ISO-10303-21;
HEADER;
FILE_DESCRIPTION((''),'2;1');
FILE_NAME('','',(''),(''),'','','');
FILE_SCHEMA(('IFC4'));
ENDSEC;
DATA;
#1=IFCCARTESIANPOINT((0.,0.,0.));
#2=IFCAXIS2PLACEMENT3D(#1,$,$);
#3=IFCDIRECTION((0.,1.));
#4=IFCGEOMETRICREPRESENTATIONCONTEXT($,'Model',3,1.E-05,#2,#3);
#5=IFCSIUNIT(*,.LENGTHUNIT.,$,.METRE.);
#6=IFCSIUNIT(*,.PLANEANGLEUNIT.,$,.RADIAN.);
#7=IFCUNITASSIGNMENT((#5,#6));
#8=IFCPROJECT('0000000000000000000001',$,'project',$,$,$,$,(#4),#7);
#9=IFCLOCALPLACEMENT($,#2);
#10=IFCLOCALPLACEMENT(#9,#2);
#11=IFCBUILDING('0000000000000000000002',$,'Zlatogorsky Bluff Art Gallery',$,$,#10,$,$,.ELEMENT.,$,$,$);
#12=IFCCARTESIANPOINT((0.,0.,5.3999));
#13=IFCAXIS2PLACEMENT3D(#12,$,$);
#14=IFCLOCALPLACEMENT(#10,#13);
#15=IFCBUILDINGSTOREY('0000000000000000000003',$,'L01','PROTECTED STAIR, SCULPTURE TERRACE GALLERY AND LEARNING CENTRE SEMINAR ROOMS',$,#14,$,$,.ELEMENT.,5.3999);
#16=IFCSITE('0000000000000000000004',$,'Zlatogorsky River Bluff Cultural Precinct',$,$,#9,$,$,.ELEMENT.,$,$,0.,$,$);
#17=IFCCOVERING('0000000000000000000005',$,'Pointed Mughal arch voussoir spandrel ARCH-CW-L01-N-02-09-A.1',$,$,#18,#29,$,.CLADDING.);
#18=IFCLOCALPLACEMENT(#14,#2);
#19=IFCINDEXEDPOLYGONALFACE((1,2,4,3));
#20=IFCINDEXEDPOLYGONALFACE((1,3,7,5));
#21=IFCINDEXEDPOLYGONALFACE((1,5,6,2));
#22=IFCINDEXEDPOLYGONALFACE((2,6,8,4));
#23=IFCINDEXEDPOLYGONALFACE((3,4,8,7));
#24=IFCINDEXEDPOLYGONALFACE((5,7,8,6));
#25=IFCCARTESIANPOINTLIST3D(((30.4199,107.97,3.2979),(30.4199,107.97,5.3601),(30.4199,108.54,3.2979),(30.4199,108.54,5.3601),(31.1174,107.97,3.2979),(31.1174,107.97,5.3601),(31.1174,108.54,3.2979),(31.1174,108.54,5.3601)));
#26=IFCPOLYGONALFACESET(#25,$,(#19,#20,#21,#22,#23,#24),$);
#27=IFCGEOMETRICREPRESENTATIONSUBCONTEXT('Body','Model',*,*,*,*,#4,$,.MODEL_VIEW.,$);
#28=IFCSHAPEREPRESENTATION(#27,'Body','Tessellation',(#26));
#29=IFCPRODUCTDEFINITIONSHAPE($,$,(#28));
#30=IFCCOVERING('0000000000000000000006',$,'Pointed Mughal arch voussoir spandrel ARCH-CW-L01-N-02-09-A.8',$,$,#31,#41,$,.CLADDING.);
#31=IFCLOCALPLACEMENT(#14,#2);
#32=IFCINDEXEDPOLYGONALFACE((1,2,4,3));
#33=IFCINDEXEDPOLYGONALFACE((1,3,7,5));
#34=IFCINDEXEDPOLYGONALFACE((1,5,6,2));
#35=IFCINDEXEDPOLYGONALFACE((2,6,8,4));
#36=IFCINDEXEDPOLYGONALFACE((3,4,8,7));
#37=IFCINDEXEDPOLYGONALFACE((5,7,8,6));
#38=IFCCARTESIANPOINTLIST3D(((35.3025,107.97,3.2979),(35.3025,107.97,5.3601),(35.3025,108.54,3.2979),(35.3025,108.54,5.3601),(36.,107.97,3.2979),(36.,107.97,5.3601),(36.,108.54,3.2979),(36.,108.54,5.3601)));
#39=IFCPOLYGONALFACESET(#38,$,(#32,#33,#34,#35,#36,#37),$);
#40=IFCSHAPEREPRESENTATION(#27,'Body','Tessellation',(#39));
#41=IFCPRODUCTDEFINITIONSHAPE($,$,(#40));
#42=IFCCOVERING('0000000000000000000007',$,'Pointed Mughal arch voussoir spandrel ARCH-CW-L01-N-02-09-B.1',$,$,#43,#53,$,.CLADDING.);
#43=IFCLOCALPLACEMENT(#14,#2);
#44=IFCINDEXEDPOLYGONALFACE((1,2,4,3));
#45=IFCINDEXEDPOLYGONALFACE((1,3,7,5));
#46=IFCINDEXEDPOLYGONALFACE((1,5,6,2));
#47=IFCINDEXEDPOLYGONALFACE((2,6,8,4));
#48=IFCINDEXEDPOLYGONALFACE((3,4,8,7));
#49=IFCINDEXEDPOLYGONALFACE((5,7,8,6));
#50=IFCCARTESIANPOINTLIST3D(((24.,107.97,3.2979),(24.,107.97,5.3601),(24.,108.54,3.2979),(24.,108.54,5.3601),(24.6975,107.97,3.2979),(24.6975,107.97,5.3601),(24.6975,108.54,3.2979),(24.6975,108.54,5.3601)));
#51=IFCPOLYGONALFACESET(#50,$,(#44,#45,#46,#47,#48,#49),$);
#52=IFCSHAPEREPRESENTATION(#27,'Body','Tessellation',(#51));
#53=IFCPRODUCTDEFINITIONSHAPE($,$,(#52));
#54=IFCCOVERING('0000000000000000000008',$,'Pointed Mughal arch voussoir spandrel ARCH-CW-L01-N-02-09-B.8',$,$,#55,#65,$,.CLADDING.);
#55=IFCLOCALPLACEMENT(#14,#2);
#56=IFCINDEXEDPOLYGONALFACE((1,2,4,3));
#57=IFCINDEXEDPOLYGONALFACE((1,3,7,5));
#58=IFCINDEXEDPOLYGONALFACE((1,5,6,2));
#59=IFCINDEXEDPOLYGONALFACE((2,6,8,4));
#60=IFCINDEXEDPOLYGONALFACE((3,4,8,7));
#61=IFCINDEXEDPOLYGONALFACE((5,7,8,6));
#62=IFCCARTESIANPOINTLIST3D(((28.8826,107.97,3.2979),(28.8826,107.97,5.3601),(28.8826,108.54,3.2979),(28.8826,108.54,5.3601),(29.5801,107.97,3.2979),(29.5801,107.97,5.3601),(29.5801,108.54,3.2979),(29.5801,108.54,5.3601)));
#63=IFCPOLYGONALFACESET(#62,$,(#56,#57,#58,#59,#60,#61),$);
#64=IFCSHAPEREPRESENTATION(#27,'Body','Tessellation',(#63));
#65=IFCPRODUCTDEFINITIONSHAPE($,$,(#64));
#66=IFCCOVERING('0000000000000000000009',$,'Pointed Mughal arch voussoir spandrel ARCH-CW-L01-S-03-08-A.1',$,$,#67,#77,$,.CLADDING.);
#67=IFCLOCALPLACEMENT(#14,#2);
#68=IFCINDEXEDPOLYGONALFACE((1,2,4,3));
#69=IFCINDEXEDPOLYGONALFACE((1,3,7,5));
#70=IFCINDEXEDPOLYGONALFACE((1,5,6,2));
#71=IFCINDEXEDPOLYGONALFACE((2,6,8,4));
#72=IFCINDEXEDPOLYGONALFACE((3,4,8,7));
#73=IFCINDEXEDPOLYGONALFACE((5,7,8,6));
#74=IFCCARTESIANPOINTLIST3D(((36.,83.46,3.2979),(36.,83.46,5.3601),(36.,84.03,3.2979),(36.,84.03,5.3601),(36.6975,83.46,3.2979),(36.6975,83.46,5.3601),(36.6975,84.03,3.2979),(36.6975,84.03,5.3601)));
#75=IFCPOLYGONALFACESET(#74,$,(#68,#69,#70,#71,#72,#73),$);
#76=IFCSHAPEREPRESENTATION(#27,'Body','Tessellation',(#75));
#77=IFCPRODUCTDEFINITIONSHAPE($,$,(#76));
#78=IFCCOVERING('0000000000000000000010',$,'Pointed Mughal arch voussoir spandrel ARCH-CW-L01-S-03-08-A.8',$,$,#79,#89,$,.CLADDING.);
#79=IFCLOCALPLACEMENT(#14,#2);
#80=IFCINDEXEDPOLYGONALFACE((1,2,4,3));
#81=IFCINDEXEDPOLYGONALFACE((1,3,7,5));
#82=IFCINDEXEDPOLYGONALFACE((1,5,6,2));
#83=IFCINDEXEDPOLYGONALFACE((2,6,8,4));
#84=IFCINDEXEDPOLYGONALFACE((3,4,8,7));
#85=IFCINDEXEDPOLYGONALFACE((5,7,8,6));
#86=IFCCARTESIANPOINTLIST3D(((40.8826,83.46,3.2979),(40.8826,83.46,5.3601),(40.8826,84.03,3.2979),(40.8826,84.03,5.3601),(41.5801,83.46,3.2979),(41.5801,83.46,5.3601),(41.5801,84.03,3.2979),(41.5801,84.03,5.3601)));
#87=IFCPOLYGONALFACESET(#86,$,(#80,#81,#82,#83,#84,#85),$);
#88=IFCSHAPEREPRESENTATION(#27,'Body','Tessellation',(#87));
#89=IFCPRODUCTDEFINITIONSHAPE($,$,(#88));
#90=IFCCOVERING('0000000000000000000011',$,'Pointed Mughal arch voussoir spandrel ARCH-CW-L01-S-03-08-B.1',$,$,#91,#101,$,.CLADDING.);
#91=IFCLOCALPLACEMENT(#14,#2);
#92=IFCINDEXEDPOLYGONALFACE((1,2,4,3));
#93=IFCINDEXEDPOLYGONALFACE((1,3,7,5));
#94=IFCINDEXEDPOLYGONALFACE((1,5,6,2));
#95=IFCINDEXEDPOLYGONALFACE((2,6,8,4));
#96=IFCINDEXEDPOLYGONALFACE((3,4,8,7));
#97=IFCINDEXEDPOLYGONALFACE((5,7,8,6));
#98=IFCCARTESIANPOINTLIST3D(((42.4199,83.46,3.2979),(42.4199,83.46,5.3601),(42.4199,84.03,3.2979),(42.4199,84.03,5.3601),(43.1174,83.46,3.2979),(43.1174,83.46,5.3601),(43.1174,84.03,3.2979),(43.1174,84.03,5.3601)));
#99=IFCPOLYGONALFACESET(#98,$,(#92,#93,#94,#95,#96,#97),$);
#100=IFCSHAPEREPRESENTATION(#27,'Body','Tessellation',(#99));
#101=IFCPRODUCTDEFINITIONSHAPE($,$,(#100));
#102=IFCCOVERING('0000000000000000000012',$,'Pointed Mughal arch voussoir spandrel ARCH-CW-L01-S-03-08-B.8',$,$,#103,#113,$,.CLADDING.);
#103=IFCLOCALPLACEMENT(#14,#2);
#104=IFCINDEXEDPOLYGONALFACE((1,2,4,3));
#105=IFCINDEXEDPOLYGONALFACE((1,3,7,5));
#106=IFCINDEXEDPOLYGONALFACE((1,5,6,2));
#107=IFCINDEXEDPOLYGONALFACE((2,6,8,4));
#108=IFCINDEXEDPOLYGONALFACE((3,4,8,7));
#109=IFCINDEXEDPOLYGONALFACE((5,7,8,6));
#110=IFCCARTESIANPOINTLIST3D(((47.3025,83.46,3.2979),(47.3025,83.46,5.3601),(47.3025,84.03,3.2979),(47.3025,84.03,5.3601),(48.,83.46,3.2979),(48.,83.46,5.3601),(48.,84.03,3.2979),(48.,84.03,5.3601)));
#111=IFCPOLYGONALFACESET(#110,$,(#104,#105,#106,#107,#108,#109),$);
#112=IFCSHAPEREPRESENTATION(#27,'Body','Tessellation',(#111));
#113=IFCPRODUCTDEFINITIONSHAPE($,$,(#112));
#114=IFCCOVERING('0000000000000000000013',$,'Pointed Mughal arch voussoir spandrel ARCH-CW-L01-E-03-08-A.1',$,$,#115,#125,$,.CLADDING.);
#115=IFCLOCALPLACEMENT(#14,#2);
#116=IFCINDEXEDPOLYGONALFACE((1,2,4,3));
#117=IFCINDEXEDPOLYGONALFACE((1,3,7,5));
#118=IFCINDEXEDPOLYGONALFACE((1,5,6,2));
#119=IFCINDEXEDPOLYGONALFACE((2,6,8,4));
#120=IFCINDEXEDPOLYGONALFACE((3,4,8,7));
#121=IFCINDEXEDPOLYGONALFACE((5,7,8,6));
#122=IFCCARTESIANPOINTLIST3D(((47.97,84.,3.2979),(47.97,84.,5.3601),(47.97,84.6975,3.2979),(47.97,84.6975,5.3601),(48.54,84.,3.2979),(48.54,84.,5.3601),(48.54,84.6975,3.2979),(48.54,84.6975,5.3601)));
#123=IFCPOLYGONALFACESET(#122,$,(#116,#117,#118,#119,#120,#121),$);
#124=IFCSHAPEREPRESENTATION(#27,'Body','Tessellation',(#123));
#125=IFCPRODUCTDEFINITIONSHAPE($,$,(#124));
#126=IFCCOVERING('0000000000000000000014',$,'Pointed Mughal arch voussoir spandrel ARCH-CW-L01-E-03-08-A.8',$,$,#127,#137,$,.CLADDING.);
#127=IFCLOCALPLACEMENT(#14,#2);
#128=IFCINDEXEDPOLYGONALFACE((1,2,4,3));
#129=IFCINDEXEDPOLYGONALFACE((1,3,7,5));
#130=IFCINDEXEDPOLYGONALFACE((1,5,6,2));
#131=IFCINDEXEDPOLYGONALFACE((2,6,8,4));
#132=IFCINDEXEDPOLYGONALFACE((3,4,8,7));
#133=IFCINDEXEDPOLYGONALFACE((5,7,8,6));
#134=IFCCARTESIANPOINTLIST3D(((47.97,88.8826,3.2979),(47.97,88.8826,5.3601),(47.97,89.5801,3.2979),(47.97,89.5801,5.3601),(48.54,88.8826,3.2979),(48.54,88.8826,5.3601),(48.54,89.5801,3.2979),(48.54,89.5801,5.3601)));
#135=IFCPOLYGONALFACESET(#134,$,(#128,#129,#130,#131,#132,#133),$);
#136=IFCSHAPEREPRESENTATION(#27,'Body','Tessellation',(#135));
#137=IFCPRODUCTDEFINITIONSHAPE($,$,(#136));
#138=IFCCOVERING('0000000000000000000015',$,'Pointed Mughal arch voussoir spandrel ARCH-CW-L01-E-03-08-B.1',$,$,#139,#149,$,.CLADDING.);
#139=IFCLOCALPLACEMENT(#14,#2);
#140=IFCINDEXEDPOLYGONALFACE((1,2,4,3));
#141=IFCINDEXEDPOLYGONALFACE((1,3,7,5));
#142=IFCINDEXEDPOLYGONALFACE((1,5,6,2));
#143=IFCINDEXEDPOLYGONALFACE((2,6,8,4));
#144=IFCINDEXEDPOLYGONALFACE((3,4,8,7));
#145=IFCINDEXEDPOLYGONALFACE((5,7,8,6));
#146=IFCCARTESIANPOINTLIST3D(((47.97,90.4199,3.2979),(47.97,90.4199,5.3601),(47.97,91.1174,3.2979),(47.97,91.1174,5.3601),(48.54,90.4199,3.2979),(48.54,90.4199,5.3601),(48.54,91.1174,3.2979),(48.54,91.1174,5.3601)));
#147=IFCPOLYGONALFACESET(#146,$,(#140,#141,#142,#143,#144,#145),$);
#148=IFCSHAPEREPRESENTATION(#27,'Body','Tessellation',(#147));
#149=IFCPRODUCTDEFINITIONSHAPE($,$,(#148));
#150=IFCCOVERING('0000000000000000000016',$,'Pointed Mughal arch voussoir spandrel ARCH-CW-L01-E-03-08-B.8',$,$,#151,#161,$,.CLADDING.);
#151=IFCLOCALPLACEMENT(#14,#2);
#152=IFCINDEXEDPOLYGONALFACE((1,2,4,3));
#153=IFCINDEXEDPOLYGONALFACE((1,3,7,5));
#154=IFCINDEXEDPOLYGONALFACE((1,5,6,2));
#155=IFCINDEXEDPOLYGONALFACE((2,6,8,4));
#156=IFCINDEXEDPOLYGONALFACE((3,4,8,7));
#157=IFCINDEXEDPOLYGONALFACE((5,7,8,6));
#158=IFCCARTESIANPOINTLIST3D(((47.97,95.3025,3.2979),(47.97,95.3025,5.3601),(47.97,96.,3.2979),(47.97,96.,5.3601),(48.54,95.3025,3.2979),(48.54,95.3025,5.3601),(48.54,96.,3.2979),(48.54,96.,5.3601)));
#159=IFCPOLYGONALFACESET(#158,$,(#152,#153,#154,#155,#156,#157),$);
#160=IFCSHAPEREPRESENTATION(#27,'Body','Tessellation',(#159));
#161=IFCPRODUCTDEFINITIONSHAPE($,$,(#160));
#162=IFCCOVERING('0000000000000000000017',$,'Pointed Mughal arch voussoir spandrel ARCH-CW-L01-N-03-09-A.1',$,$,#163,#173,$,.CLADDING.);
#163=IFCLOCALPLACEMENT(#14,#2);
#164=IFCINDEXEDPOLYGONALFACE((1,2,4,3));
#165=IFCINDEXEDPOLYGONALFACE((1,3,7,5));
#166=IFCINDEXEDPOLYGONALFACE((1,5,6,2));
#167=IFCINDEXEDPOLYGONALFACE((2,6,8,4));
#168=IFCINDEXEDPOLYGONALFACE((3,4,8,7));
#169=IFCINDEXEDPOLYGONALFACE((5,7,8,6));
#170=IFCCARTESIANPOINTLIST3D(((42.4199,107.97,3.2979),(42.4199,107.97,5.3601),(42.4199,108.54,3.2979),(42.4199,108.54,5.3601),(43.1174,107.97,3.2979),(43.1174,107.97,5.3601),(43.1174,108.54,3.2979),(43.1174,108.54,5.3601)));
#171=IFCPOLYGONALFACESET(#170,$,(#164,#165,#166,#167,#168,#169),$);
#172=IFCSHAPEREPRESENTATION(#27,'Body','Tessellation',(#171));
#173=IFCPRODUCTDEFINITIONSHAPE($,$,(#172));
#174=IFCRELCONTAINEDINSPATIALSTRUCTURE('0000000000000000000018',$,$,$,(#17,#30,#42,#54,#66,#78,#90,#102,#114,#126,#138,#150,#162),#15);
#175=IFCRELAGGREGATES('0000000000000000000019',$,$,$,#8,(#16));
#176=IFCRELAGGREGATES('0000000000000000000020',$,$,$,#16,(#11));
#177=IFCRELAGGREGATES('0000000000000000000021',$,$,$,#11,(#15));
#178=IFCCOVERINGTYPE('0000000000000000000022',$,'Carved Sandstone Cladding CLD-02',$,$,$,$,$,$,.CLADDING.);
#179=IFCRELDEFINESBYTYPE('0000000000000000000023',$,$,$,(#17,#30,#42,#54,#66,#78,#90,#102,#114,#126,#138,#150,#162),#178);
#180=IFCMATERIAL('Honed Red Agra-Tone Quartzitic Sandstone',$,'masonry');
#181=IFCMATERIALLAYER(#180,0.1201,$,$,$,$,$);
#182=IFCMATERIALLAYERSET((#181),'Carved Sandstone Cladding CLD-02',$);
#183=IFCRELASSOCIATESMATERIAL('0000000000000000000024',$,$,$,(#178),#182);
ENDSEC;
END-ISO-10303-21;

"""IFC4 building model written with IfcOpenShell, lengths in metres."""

from ifc_helpers import new_model, si_unit, direction, frame, origin, place, context, subcontext, project, spatial, polyline, outline, extrude, material, layer, layer_set, type_object, element, save


model = new_model("IFC4")

# Units and contexts
model_context = context("Model", 3, precision=1e-05, world=origin(), true_north=direction((0.0, 1.0)))
body_context = subcontext(model_context, "Body", "Model", "MODEL_VIEW")
ifc_project = project(units=[si_unit("LENGTHUNIT", "METRE"), si_unit("PLANEANGLEUNIT", "RADIAN")], contexts=[model_context])

# Site, building, storey
site_placement = place(None, origin())
site = spatial("IfcSite", under=ifc_project, at=site_placement, Name="Zlatogorsky River Bluff Cultural Precinct", CompositionType="ELEMENT", RefElevation=0.0)
building_placement = place(site_placement, origin())
building = spatial("IfcBuilding", under=site, at=building_placement, Name="Zlatogorsky Bluff Art Gallery", CompositionType="ELEMENT")
storey_placement = place(building_placement, frame((0.0, 0.0, 5.3999)))
storey = spatial("IfcBuildingStorey", under=building, at=storey_placement, Name="L01", Description="PROTECTED STAIR, SCULPTURE TERRACE GALLERY AND LEARNING CENTRE SEMINAR ROOMS", CompositionType="ELEMENT", Elevation=5.3999)

# Coverings
ifc_material = material(Name="Honed Red Agra-Tone Quartzitic Sandstone", Category="masonry")
ifc_layer = layer(ifc_material, 0.1201)
ifc_layer_set = layer_set([ifc_layer], Name="Carved Sandstone Cladding CLD-02")
covering_type = type_object("IfcCoveringType", Name="Carved Sandstone Cladding CLD-02", PredefinedType="CLADDING", material=ifc_layer_set)
covering_1_placement = place(storey_placement, frame((0.0, 0.0, 3.2979)))
element("IfcCovering", 1, at=covering_1_placement, inside=storey, type_object=covering_type, Name="Pointed Mughal arch voussoir spandrel ARCH-CW-L01-N-02-09-A.1", PredefinedType="CLADDING", context=body_context, shape_type="SweptSolid", body=[
    extrude(outline(polyline([(30.4199, 107.97), (31.1174, 107.97), (31.1174, 108.54), (30.4199, 108.54), (30.4199, 107.97)])), origin(), (0.0, 0.0, 1.0), 2.0623),
])
covering_2_placement = place(storey_placement, frame((0.0, 0.0, 3.2979)))
element("IfcCovering", 2, at=covering_2_placement, inside=storey, type_object=covering_type, Name="Pointed Mughal arch voussoir spandrel ARCH-CW-L01-N-02-09-A.8", PredefinedType="CLADDING", context=body_context, shape_type="SweptSolid", body=[
    extrude(outline(polyline([(35.3025, 107.97), (36.0, 107.97), (36.0, 108.54), (35.3025, 108.54), (35.3025, 107.97)])), origin(), (0.0, 0.0, 1.0), 2.0623),
])
covering_3_placement = place(storey_placement, frame((0.0, 0.0, 3.2979)))
element("IfcCovering", 3, at=covering_3_placement, inside=storey, type_object=covering_type, Name="Pointed Mughal arch voussoir spandrel ARCH-CW-L01-N-02-09-B.1", PredefinedType="CLADDING", context=body_context, shape_type="SweptSolid", body=[
    extrude(outline(polyline([(24.0, 107.97), (24.6975, 107.97), (24.6975, 108.54), (24.0, 108.54), (24.0, 107.97)])), origin(), (0.0, 0.0, 1.0), 2.0623),
])
covering_4_placement = place(storey_placement, frame((0.0, 0.0, 3.2979)))
element("IfcCovering", 4, at=covering_4_placement, inside=storey, type_object=covering_type, Name="Pointed Mughal arch voussoir spandrel ARCH-CW-L01-N-02-09-B.8", PredefinedType="CLADDING", context=body_context, shape_type="SweptSolid", body=[
    extrude(outline(polyline([(28.8826, 107.97), (29.5801, 107.97), (29.5801, 108.54), (28.8826, 108.54), (28.8826, 107.97)])), origin(), (0.0, 0.0, 1.0), 2.0623),
])
covering_5_placement = place(storey_placement, frame((0.0, 0.0, 3.2979)))
element("IfcCovering", 5, at=covering_5_placement, inside=storey, type_object=covering_type, Name="Pointed Mughal arch voussoir spandrel ARCH-CW-L01-S-03-08-A.1", PredefinedType="CLADDING", context=body_context, shape_type="SweptSolid", body=[
    extrude(outline(polyline([(36.0, 83.46), (36.6975, 83.46), (36.6975, 84.03), (36.0, 84.03), (36.0, 83.46)])), origin(), (0.0, 0.0, 1.0), 2.0623),
])
covering_6_placement = place(storey_placement, frame((0.0, 0.0, 3.2979)))
element("IfcCovering", 6, at=covering_6_placement, inside=storey, type_object=covering_type, Name="Pointed Mughal arch voussoir spandrel ARCH-CW-L01-S-03-08-A.8", PredefinedType="CLADDING", context=body_context, shape_type="SweptSolid", body=[
    extrude(outline(polyline([(40.8826, 83.46), (41.5801, 83.46), (41.5801, 84.03), (40.8826, 84.03), (40.8826, 83.46)])), origin(), (0.0, 0.0, 1.0), 2.0623),
])
covering_7_placement = place(storey_placement, frame((0.0, 0.0, 3.2979)))
element("IfcCovering", 7, at=covering_7_placement, inside=storey, type_object=covering_type, Name="Pointed Mughal arch voussoir spandrel ARCH-CW-L01-S-03-08-B.1", PredefinedType="CLADDING", context=body_context, shape_type="SweptSolid", body=[
    extrude(outline(polyline([(42.4199, 83.46), (43.1174, 83.46), (43.1174, 84.03), (42.4199, 84.03), (42.4199, 83.46)])), origin(), (0.0, 0.0, 1.0), 2.0623),
])
covering_8_placement = place(storey_placement, frame((0.0, 0.0, 3.2979)))
element("IfcCovering", 8, at=covering_8_placement, inside=storey, type_object=covering_type, Name="Pointed Mughal arch voussoir spandrel ARCH-CW-L01-S-03-08-B.8", PredefinedType="CLADDING", context=body_context, shape_type="SweptSolid", body=[
    extrude(outline(polyline([(47.3025, 83.46), (48.0, 83.46), (48.0, 84.03), (47.3025, 84.03), (47.3025, 83.46)])), origin(), (0.0, 0.0, 1.0), 2.0623),
])
covering_9_placement = place(storey_placement, frame((0.0, 0.0, 3.2979)))
element("IfcCovering", 9, at=covering_9_placement, inside=storey, type_object=covering_type, Name="Pointed Mughal arch voussoir spandrel ARCH-CW-L01-E-03-08-A.1", PredefinedType="CLADDING", context=body_context, shape_type="SweptSolid", body=[
    extrude(outline(polyline([(47.97, 84.0), (47.97, 84.6975), (48.54, 84.6975), (48.54, 84.0), (47.97, 84.0)])), origin(), (0.0, 0.0, 1.0), 2.0623),
])
covering_10_placement = place(storey_placement, frame((0.0, 0.0, 3.2979)))
element("IfcCovering", 10, at=covering_10_placement, inside=storey, type_object=covering_type, Name="Pointed Mughal arch voussoir spandrel ARCH-CW-L01-E-03-08-A.8", PredefinedType="CLADDING", context=body_context, shape_type="SweptSolid", body=[
    extrude(outline(polyline([(47.97, 88.8826), (47.97, 89.5801), (48.54, 89.5801), (48.54, 88.8826), (47.97, 88.8826)])), origin(), (0.0, 0.0, 1.0), 2.0623),
])
covering_11_placement = place(storey_placement, frame((0.0, 0.0, 3.2979)))
element("IfcCovering", 11, at=covering_11_placement, inside=storey, type_object=covering_type, Name="Pointed Mughal arch voussoir spandrel ARCH-CW-L01-E-03-08-B.1", PredefinedType="CLADDING", context=body_context, shape_type="SweptSolid", body=[
    extrude(outline(polyline([(47.97, 90.4199), (47.97, 91.1174), (48.54, 91.1174), (48.54, 90.4199), (47.97, 90.4199)])), origin(), (0.0, 0.0, 1.0), 2.0623),
])
covering_12_placement = place(storey_placement, frame((0.0, 0.0, 3.2979)))
element("IfcCovering", 12, at=covering_12_placement, inside=storey, type_object=covering_type, Name="Pointed Mughal arch voussoir spandrel ARCH-CW-L01-E-03-08-B.8", PredefinedType="CLADDING", context=body_context, shape_type="SweptSolid", body=[
    extrude(outline(polyline([(47.97, 95.3025), (47.97, 96.0), (48.54, 96.0), (48.54, 95.3025), (47.97, 95.3025)])), origin(), (0.0, 0.0, 1.0), 2.0623),
])
covering_13_placement = place(storey_placement, frame((0.0, 0.0, 3.2979)))
element("IfcCovering", 13, at=covering_13_placement, inside=storey, type_object=covering_type, Name="Pointed Mughal arch voussoir spandrel ARCH-CW-L01-N-03-09-A.1", PredefinedType="CLADDING", context=body_context, shape_type="SweptSolid", body=[
    extrude(outline(polyline([(42.4199, 107.97), (43.1174, 107.97), (43.1174, 108.54), (42.4199, 108.54), (42.4199, 107.97)])), origin(), (0.0, 0.0, 1.0), 2.0623),
])

save(model, "model.ifc")
